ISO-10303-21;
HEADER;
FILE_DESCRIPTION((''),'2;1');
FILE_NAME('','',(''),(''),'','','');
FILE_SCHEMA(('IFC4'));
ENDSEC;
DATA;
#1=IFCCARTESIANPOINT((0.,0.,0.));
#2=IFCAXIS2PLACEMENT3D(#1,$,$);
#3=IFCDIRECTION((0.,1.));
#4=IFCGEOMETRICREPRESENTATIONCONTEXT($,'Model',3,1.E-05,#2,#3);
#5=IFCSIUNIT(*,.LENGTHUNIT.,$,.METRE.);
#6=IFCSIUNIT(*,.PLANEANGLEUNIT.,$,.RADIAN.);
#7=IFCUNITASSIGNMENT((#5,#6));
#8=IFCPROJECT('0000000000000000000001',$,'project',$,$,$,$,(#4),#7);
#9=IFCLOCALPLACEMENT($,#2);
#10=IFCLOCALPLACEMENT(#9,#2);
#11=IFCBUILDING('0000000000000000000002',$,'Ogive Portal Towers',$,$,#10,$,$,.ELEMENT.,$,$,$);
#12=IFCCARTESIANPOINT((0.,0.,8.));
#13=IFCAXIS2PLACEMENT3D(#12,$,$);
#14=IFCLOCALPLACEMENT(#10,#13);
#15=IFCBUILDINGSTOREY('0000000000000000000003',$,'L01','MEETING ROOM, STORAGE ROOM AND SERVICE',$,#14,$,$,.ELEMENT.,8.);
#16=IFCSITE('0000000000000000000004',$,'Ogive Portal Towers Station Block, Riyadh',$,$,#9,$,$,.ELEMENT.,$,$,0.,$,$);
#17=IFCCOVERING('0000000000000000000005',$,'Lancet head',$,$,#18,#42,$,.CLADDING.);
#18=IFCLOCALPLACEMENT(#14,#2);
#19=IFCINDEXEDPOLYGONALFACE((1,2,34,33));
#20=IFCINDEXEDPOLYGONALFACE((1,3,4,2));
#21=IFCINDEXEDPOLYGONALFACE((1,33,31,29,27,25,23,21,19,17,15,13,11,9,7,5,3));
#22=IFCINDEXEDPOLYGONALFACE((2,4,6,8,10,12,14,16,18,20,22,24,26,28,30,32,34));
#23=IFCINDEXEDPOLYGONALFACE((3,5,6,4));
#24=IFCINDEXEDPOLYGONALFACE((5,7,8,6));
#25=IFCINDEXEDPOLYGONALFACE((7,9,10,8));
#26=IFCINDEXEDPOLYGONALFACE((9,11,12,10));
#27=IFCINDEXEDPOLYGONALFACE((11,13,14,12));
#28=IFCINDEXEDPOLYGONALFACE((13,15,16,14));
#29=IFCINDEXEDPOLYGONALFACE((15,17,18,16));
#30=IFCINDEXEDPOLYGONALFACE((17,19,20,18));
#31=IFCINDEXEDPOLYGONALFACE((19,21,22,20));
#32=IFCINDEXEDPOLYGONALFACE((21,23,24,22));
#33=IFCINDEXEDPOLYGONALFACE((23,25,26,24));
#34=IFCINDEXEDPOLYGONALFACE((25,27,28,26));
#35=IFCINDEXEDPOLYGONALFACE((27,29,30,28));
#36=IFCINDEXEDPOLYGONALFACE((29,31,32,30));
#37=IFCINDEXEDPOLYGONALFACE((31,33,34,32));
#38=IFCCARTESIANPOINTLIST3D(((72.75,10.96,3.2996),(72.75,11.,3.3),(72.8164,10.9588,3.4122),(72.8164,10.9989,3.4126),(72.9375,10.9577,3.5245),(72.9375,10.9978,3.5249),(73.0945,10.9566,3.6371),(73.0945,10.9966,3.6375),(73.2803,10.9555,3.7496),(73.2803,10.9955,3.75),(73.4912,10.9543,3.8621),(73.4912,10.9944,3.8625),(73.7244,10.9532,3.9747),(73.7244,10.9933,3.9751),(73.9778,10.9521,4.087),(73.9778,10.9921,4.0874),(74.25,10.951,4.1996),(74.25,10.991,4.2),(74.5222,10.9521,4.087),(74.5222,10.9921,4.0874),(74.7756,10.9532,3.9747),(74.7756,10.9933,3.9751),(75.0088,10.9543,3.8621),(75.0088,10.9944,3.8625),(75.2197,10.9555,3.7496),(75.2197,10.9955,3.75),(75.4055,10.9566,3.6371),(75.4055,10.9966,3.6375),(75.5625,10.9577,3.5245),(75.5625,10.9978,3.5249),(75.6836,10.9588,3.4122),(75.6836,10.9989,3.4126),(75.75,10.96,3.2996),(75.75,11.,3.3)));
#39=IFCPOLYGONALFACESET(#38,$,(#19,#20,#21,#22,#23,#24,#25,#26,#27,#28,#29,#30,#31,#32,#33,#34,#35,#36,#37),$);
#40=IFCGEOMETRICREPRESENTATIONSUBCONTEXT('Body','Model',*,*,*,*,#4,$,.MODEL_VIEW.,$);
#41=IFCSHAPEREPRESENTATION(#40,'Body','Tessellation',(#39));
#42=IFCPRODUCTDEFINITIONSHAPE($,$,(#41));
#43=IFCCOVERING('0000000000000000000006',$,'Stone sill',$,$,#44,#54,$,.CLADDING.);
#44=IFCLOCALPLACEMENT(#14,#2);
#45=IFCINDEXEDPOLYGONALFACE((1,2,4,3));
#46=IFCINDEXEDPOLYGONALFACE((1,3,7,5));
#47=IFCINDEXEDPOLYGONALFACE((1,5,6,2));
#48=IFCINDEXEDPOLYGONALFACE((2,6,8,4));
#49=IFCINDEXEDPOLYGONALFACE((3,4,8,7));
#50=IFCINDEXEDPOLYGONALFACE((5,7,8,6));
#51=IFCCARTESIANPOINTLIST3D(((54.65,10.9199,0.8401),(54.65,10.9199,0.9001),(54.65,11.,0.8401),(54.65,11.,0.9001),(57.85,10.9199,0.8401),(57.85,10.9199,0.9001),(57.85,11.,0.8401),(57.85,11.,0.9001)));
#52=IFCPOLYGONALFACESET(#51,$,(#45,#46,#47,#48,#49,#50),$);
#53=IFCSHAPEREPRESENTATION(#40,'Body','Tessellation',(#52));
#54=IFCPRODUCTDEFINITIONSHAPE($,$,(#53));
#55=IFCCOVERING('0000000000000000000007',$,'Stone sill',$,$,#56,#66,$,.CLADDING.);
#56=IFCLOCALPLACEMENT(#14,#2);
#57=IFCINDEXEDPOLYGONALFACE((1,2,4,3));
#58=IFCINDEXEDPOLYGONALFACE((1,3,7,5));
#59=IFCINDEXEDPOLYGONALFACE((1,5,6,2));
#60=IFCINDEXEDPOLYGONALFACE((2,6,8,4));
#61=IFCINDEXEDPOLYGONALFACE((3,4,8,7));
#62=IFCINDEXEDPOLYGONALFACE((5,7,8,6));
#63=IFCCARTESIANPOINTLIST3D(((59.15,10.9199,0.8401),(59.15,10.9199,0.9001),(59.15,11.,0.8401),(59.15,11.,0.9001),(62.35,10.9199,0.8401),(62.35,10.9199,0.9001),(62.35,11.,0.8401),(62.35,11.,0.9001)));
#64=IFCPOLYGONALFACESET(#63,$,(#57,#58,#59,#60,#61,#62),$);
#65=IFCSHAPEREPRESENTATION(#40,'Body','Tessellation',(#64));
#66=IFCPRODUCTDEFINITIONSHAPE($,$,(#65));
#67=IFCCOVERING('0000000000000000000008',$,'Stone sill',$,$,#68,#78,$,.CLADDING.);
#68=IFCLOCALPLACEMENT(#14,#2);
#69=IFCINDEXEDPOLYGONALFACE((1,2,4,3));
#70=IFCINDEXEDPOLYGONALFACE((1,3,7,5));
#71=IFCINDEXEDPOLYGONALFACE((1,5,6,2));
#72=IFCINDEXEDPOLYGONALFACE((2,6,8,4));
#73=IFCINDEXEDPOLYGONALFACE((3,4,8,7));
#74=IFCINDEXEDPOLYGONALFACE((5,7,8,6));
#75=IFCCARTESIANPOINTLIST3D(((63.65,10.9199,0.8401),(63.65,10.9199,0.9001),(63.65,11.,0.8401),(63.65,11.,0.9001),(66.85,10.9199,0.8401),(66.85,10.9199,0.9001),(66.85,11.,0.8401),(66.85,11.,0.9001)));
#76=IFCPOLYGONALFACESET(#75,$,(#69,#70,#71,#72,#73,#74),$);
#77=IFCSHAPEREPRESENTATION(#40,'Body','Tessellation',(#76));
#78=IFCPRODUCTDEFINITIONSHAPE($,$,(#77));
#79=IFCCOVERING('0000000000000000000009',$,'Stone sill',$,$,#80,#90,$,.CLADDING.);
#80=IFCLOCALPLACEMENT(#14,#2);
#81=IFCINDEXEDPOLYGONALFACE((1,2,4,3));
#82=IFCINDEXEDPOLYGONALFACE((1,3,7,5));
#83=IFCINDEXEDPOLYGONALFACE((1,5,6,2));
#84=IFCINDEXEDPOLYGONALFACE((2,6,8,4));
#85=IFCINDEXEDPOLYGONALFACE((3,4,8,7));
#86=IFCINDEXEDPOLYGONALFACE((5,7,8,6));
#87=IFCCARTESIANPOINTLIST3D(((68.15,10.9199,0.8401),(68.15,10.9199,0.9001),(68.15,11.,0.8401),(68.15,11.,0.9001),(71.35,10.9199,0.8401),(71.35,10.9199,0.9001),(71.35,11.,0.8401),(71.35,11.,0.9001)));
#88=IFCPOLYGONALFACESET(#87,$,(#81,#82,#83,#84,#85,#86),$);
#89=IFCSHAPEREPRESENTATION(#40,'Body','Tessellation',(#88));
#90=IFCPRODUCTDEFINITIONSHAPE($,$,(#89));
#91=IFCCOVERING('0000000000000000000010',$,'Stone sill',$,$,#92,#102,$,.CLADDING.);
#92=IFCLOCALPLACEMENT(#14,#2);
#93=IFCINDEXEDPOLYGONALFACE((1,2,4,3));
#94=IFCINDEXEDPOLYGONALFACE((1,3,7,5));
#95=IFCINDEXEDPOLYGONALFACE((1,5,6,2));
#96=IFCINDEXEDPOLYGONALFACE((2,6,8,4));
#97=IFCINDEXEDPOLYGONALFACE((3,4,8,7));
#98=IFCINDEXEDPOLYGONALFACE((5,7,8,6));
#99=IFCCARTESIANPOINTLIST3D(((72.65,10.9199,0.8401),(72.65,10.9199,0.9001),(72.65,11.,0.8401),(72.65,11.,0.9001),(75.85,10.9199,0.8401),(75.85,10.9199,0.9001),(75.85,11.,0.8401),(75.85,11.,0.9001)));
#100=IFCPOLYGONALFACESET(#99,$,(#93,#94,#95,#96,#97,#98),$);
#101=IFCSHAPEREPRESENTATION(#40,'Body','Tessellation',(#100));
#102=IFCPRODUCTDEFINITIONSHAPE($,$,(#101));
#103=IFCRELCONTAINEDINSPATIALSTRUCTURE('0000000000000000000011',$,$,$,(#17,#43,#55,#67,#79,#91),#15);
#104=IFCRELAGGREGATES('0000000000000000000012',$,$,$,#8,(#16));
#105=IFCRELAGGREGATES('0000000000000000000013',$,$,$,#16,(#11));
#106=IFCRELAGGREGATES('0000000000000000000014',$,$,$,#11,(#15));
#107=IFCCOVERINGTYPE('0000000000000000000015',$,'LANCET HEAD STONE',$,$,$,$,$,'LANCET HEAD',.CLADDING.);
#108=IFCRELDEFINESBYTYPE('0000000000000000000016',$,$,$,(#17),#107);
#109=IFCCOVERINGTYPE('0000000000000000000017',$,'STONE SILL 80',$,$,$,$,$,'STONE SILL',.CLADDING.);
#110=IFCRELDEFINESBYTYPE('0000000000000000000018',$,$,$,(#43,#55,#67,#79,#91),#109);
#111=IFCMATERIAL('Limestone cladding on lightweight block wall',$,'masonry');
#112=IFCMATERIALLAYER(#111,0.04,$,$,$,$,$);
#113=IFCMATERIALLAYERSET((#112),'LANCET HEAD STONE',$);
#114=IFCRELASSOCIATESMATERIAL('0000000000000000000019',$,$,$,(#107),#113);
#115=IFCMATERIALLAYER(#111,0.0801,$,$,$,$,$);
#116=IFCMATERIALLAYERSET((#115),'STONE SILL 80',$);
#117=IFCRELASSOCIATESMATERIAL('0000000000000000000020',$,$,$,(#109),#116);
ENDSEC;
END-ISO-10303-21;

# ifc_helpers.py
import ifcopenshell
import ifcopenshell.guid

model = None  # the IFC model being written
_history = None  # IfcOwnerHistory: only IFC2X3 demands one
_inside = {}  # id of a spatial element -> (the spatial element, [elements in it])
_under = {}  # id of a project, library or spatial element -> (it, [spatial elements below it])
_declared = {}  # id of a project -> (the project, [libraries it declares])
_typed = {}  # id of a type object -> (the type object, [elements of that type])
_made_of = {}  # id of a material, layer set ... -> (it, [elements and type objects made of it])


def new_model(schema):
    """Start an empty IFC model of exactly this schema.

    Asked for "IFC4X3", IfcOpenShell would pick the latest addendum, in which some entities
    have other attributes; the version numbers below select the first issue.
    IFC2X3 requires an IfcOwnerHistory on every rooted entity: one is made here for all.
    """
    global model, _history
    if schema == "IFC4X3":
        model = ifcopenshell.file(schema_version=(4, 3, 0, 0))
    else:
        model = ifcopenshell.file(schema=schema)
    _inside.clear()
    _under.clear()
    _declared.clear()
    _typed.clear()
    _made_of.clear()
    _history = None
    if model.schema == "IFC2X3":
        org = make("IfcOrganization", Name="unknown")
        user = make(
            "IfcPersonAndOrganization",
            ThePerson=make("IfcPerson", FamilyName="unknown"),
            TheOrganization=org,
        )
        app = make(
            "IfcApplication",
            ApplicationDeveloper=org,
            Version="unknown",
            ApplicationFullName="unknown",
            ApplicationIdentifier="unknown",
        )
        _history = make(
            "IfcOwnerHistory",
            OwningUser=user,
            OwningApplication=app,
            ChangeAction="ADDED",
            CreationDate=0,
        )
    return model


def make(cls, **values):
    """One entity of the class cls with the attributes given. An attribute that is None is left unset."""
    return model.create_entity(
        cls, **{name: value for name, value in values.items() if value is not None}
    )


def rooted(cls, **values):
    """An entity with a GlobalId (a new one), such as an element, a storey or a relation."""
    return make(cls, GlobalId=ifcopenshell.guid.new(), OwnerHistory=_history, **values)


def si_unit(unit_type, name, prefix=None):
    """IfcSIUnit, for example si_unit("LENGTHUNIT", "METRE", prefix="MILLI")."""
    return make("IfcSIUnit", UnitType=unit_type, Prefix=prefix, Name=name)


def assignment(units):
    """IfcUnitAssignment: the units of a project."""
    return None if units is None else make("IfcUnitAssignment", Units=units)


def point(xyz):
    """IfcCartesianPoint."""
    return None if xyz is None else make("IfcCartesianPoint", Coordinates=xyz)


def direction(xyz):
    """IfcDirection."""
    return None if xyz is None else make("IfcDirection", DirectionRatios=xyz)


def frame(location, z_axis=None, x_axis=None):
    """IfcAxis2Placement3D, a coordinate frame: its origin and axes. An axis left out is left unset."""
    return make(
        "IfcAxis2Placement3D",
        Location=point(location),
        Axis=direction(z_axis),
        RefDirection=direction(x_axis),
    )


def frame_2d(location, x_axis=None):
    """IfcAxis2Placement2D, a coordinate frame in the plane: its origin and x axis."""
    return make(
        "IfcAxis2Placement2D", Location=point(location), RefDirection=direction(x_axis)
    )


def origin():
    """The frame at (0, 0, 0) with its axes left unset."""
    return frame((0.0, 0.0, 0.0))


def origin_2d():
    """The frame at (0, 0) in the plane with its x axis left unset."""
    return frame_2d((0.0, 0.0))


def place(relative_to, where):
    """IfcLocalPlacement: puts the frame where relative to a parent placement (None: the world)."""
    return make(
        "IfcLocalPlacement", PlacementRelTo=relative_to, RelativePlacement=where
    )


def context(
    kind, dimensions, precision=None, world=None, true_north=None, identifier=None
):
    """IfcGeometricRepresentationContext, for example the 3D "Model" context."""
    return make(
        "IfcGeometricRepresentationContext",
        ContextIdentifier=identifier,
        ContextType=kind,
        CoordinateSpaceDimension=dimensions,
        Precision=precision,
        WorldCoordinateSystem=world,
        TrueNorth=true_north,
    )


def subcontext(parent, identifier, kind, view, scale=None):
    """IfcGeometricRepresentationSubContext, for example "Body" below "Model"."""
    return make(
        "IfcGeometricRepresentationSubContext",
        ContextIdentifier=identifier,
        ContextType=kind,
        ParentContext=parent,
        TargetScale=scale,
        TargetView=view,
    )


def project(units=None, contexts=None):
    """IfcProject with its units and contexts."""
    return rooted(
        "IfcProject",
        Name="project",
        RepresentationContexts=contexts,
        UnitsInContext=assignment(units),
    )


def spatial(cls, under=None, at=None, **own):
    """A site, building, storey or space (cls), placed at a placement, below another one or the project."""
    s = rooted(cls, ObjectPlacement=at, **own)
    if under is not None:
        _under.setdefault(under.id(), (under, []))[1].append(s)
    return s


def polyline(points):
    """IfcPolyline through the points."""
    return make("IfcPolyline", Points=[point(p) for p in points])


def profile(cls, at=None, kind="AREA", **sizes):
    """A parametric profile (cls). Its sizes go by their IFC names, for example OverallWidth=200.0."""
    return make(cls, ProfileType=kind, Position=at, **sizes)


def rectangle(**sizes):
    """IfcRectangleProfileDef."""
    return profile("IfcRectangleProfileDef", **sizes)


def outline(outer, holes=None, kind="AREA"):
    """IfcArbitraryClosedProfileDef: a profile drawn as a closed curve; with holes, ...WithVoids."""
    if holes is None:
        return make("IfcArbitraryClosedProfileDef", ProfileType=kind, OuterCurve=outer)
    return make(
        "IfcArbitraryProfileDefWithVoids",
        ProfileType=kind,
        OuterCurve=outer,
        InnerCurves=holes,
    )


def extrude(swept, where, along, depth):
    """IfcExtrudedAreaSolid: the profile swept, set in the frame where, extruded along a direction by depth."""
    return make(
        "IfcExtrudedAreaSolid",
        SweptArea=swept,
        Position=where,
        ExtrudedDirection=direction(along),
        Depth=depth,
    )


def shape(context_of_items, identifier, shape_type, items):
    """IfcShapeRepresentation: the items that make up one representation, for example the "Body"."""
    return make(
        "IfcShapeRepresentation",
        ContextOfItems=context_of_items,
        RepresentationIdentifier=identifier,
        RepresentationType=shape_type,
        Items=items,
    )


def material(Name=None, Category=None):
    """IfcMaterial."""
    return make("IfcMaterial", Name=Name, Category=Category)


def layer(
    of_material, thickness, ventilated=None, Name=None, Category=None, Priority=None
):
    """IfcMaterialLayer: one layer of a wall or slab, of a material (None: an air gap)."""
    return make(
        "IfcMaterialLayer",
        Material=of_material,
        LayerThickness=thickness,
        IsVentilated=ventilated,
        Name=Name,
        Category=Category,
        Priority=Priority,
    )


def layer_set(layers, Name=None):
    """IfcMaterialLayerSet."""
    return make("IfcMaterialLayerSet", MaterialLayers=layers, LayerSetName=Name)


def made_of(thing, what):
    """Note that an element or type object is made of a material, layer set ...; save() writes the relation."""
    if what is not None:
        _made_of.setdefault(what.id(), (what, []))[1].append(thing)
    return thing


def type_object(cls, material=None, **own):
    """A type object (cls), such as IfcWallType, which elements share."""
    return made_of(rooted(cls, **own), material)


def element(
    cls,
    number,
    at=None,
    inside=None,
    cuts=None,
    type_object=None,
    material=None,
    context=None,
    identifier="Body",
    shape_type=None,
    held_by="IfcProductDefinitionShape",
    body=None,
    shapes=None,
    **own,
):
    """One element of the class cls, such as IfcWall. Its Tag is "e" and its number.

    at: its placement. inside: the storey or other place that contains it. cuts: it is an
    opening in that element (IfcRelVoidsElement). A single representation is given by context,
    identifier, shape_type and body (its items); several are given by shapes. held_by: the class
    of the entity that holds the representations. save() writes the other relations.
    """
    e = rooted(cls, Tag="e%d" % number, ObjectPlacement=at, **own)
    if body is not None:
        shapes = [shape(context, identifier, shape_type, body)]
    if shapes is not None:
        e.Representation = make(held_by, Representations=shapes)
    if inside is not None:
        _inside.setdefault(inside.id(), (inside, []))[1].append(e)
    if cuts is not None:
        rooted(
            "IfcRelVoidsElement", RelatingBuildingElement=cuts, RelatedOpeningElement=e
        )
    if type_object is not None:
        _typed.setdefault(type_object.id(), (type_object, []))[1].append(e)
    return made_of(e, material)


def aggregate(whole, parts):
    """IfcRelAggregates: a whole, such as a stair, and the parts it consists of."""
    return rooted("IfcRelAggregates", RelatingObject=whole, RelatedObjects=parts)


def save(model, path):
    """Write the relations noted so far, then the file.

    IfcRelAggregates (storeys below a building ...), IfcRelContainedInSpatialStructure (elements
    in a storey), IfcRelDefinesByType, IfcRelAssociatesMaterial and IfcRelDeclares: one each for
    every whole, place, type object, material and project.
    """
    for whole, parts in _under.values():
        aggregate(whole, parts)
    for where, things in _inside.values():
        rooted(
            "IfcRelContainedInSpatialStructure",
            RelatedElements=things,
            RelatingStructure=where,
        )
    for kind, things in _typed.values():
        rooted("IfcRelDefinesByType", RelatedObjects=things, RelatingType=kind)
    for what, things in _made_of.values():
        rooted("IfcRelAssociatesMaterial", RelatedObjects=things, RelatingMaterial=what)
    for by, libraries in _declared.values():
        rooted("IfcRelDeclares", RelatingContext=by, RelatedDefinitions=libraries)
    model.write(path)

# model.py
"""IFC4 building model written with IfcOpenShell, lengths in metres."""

from ifc_helpers import new_model, si_unit, direction, frame, origin, origin_2d, place, context, subcontext, project, spatial, polyline, rectangle, outline, extrude, material, layer, layer_set, type_object, element, save


model = new_model("IFC4")

# Units and contexts
model_context = context("Model", 3, precision=1e-05, world=origin(), true_north=direction((0.0, 1.0)))
body_context = subcontext(model_context, "Body", "Model", "MODEL_VIEW")
ifc_project = project(units=[si_unit("LENGTHUNIT", "METRE"), si_unit("PLANEANGLEUNIT", "RADIAN")], contexts=[model_context])

# Site, building, storey
site_placement = place(None, origin())
site = spatial("IfcSite", under=ifc_project, at=site_placement, Name="Ogive Portal Towers Station Block, Riyadh", CompositionType="ELEMENT", RefElevation=0.0)
building_placement = place(site_placement, origin())
building = spatial("IfcBuilding", under=site, at=building_placement, Name="Ogive Portal Towers", CompositionType="ELEMENT")
storey_placement = place(building_placement, frame((0.0, 0.0, 8.0)))
storey = spatial("IfcBuildingStorey", under=building, at=storey_placement, Name="L01", Description="MEETING ROOM, STORAGE ROOM AND SERVICE", CompositionType="ELEMENT", Elevation=8.0)

# Coverings
ifc_material_1 = material(Name="Limestone cladding on lightweight block wall", Category="masonry")
ifc_layer_1 = layer(ifc_material_1, 0.04)
ifc_layer_set_1 = layer_set([ifc_layer_1], Name="LANCET HEAD STONE")
covering_type_1 = type_object("IfcCoveringType", Name="LANCET HEAD STONE", ElementType="LANCET HEAD", PredefinedType="CLADDING", material=ifc_layer_set_1)
for number, where, z_axis, x_axis, name in (
    (1, (72.75, 11.0, 3.3), (0.0, 0.99995, 0.009994), (1.0, 0.0, 0.0), "Lancet head"),
):
    element("IfcCovering", number, at=place(storey_placement, frame(where, z_axis=z_axis, x_axis=x_axis)), inside=storey, type_object=covering_type_1, Name=name, PredefinedType="CLADDING", context=body_context, shape_type="SweptSolid", body=[
        extrude(outline(polyline([(0.0, 0.0), (3.0, 0.0), (2.9336, -0.1126), (2.8125, -0.2249), (2.6555, -0.3374), (2.4697, -0.45), (2.2588, -0.5625), (2.0256, -0.6751), (1.7722, -0.7874), (1.5, -0.8999), (1.2278, -0.7874), (0.9744, -0.6751), (0.7412, -0.5625), (0.5303, -0.45), (0.3445, -0.3374), (0.1875, -0.2249), (0.0664, -0.1126), (0.0, 0.0)])), origin(), (0.0, 0.0, -1.0), 0.04),
    ])
ifc_layer_2 = layer(ifc_material_1, 0.0801)
ifc_layer_set_2 = layer_set([ifc_layer_2], Name="STONE SILL 80")
covering_type_2 = type_object("IfcCoveringType", Name="STONE SILL 80", ElementType="STONE SILL", PredefinedType="CLADDING", material=ifc_layer_set_2)
for number, where, z_axis, x_axis, name in (
    (2, (56.25, 10.96, 0.8401), (0.0, 0.0, 1.0), (1.0, 0.0, 0.0), "Stone sill"),
    (3, (60.75, 10.96, 0.8401), (0.0, 0.0, 1.0), (1.0, 0.0, 0.0), "Stone sill"),
    (4, (65.25, 10.96, 0.8401), (0.0, 0.0, 1.0), (1.0, 0.0, 0.0), "Stone sill"),
    (5, (69.75, 10.96, 0.8401), (0.0, 0.0, 1.0), (1.0, 0.0, 0.0), "Stone sill"),
    (6, (74.25, 10.96, 0.8401), (0.0, 0.0, 1.0), (1.0, 0.0, 0.0), "Stone sill"),
):
    element("IfcCovering", number, at=place(storey_placement, frame(where, z_axis=z_axis, x_axis=x_axis)), inside=storey, type_object=covering_type_2, Name=name, PredefinedType="CLADDING", context=body_context, shape_type="SweptSolid", body=[
        extrude(rectangle(XDim=3.2, YDim=0.0801, at=origin_2d()), origin(), (0.0, 0.0, 1.0), 0.0601),
    ])

save(model, "model.ifc")
